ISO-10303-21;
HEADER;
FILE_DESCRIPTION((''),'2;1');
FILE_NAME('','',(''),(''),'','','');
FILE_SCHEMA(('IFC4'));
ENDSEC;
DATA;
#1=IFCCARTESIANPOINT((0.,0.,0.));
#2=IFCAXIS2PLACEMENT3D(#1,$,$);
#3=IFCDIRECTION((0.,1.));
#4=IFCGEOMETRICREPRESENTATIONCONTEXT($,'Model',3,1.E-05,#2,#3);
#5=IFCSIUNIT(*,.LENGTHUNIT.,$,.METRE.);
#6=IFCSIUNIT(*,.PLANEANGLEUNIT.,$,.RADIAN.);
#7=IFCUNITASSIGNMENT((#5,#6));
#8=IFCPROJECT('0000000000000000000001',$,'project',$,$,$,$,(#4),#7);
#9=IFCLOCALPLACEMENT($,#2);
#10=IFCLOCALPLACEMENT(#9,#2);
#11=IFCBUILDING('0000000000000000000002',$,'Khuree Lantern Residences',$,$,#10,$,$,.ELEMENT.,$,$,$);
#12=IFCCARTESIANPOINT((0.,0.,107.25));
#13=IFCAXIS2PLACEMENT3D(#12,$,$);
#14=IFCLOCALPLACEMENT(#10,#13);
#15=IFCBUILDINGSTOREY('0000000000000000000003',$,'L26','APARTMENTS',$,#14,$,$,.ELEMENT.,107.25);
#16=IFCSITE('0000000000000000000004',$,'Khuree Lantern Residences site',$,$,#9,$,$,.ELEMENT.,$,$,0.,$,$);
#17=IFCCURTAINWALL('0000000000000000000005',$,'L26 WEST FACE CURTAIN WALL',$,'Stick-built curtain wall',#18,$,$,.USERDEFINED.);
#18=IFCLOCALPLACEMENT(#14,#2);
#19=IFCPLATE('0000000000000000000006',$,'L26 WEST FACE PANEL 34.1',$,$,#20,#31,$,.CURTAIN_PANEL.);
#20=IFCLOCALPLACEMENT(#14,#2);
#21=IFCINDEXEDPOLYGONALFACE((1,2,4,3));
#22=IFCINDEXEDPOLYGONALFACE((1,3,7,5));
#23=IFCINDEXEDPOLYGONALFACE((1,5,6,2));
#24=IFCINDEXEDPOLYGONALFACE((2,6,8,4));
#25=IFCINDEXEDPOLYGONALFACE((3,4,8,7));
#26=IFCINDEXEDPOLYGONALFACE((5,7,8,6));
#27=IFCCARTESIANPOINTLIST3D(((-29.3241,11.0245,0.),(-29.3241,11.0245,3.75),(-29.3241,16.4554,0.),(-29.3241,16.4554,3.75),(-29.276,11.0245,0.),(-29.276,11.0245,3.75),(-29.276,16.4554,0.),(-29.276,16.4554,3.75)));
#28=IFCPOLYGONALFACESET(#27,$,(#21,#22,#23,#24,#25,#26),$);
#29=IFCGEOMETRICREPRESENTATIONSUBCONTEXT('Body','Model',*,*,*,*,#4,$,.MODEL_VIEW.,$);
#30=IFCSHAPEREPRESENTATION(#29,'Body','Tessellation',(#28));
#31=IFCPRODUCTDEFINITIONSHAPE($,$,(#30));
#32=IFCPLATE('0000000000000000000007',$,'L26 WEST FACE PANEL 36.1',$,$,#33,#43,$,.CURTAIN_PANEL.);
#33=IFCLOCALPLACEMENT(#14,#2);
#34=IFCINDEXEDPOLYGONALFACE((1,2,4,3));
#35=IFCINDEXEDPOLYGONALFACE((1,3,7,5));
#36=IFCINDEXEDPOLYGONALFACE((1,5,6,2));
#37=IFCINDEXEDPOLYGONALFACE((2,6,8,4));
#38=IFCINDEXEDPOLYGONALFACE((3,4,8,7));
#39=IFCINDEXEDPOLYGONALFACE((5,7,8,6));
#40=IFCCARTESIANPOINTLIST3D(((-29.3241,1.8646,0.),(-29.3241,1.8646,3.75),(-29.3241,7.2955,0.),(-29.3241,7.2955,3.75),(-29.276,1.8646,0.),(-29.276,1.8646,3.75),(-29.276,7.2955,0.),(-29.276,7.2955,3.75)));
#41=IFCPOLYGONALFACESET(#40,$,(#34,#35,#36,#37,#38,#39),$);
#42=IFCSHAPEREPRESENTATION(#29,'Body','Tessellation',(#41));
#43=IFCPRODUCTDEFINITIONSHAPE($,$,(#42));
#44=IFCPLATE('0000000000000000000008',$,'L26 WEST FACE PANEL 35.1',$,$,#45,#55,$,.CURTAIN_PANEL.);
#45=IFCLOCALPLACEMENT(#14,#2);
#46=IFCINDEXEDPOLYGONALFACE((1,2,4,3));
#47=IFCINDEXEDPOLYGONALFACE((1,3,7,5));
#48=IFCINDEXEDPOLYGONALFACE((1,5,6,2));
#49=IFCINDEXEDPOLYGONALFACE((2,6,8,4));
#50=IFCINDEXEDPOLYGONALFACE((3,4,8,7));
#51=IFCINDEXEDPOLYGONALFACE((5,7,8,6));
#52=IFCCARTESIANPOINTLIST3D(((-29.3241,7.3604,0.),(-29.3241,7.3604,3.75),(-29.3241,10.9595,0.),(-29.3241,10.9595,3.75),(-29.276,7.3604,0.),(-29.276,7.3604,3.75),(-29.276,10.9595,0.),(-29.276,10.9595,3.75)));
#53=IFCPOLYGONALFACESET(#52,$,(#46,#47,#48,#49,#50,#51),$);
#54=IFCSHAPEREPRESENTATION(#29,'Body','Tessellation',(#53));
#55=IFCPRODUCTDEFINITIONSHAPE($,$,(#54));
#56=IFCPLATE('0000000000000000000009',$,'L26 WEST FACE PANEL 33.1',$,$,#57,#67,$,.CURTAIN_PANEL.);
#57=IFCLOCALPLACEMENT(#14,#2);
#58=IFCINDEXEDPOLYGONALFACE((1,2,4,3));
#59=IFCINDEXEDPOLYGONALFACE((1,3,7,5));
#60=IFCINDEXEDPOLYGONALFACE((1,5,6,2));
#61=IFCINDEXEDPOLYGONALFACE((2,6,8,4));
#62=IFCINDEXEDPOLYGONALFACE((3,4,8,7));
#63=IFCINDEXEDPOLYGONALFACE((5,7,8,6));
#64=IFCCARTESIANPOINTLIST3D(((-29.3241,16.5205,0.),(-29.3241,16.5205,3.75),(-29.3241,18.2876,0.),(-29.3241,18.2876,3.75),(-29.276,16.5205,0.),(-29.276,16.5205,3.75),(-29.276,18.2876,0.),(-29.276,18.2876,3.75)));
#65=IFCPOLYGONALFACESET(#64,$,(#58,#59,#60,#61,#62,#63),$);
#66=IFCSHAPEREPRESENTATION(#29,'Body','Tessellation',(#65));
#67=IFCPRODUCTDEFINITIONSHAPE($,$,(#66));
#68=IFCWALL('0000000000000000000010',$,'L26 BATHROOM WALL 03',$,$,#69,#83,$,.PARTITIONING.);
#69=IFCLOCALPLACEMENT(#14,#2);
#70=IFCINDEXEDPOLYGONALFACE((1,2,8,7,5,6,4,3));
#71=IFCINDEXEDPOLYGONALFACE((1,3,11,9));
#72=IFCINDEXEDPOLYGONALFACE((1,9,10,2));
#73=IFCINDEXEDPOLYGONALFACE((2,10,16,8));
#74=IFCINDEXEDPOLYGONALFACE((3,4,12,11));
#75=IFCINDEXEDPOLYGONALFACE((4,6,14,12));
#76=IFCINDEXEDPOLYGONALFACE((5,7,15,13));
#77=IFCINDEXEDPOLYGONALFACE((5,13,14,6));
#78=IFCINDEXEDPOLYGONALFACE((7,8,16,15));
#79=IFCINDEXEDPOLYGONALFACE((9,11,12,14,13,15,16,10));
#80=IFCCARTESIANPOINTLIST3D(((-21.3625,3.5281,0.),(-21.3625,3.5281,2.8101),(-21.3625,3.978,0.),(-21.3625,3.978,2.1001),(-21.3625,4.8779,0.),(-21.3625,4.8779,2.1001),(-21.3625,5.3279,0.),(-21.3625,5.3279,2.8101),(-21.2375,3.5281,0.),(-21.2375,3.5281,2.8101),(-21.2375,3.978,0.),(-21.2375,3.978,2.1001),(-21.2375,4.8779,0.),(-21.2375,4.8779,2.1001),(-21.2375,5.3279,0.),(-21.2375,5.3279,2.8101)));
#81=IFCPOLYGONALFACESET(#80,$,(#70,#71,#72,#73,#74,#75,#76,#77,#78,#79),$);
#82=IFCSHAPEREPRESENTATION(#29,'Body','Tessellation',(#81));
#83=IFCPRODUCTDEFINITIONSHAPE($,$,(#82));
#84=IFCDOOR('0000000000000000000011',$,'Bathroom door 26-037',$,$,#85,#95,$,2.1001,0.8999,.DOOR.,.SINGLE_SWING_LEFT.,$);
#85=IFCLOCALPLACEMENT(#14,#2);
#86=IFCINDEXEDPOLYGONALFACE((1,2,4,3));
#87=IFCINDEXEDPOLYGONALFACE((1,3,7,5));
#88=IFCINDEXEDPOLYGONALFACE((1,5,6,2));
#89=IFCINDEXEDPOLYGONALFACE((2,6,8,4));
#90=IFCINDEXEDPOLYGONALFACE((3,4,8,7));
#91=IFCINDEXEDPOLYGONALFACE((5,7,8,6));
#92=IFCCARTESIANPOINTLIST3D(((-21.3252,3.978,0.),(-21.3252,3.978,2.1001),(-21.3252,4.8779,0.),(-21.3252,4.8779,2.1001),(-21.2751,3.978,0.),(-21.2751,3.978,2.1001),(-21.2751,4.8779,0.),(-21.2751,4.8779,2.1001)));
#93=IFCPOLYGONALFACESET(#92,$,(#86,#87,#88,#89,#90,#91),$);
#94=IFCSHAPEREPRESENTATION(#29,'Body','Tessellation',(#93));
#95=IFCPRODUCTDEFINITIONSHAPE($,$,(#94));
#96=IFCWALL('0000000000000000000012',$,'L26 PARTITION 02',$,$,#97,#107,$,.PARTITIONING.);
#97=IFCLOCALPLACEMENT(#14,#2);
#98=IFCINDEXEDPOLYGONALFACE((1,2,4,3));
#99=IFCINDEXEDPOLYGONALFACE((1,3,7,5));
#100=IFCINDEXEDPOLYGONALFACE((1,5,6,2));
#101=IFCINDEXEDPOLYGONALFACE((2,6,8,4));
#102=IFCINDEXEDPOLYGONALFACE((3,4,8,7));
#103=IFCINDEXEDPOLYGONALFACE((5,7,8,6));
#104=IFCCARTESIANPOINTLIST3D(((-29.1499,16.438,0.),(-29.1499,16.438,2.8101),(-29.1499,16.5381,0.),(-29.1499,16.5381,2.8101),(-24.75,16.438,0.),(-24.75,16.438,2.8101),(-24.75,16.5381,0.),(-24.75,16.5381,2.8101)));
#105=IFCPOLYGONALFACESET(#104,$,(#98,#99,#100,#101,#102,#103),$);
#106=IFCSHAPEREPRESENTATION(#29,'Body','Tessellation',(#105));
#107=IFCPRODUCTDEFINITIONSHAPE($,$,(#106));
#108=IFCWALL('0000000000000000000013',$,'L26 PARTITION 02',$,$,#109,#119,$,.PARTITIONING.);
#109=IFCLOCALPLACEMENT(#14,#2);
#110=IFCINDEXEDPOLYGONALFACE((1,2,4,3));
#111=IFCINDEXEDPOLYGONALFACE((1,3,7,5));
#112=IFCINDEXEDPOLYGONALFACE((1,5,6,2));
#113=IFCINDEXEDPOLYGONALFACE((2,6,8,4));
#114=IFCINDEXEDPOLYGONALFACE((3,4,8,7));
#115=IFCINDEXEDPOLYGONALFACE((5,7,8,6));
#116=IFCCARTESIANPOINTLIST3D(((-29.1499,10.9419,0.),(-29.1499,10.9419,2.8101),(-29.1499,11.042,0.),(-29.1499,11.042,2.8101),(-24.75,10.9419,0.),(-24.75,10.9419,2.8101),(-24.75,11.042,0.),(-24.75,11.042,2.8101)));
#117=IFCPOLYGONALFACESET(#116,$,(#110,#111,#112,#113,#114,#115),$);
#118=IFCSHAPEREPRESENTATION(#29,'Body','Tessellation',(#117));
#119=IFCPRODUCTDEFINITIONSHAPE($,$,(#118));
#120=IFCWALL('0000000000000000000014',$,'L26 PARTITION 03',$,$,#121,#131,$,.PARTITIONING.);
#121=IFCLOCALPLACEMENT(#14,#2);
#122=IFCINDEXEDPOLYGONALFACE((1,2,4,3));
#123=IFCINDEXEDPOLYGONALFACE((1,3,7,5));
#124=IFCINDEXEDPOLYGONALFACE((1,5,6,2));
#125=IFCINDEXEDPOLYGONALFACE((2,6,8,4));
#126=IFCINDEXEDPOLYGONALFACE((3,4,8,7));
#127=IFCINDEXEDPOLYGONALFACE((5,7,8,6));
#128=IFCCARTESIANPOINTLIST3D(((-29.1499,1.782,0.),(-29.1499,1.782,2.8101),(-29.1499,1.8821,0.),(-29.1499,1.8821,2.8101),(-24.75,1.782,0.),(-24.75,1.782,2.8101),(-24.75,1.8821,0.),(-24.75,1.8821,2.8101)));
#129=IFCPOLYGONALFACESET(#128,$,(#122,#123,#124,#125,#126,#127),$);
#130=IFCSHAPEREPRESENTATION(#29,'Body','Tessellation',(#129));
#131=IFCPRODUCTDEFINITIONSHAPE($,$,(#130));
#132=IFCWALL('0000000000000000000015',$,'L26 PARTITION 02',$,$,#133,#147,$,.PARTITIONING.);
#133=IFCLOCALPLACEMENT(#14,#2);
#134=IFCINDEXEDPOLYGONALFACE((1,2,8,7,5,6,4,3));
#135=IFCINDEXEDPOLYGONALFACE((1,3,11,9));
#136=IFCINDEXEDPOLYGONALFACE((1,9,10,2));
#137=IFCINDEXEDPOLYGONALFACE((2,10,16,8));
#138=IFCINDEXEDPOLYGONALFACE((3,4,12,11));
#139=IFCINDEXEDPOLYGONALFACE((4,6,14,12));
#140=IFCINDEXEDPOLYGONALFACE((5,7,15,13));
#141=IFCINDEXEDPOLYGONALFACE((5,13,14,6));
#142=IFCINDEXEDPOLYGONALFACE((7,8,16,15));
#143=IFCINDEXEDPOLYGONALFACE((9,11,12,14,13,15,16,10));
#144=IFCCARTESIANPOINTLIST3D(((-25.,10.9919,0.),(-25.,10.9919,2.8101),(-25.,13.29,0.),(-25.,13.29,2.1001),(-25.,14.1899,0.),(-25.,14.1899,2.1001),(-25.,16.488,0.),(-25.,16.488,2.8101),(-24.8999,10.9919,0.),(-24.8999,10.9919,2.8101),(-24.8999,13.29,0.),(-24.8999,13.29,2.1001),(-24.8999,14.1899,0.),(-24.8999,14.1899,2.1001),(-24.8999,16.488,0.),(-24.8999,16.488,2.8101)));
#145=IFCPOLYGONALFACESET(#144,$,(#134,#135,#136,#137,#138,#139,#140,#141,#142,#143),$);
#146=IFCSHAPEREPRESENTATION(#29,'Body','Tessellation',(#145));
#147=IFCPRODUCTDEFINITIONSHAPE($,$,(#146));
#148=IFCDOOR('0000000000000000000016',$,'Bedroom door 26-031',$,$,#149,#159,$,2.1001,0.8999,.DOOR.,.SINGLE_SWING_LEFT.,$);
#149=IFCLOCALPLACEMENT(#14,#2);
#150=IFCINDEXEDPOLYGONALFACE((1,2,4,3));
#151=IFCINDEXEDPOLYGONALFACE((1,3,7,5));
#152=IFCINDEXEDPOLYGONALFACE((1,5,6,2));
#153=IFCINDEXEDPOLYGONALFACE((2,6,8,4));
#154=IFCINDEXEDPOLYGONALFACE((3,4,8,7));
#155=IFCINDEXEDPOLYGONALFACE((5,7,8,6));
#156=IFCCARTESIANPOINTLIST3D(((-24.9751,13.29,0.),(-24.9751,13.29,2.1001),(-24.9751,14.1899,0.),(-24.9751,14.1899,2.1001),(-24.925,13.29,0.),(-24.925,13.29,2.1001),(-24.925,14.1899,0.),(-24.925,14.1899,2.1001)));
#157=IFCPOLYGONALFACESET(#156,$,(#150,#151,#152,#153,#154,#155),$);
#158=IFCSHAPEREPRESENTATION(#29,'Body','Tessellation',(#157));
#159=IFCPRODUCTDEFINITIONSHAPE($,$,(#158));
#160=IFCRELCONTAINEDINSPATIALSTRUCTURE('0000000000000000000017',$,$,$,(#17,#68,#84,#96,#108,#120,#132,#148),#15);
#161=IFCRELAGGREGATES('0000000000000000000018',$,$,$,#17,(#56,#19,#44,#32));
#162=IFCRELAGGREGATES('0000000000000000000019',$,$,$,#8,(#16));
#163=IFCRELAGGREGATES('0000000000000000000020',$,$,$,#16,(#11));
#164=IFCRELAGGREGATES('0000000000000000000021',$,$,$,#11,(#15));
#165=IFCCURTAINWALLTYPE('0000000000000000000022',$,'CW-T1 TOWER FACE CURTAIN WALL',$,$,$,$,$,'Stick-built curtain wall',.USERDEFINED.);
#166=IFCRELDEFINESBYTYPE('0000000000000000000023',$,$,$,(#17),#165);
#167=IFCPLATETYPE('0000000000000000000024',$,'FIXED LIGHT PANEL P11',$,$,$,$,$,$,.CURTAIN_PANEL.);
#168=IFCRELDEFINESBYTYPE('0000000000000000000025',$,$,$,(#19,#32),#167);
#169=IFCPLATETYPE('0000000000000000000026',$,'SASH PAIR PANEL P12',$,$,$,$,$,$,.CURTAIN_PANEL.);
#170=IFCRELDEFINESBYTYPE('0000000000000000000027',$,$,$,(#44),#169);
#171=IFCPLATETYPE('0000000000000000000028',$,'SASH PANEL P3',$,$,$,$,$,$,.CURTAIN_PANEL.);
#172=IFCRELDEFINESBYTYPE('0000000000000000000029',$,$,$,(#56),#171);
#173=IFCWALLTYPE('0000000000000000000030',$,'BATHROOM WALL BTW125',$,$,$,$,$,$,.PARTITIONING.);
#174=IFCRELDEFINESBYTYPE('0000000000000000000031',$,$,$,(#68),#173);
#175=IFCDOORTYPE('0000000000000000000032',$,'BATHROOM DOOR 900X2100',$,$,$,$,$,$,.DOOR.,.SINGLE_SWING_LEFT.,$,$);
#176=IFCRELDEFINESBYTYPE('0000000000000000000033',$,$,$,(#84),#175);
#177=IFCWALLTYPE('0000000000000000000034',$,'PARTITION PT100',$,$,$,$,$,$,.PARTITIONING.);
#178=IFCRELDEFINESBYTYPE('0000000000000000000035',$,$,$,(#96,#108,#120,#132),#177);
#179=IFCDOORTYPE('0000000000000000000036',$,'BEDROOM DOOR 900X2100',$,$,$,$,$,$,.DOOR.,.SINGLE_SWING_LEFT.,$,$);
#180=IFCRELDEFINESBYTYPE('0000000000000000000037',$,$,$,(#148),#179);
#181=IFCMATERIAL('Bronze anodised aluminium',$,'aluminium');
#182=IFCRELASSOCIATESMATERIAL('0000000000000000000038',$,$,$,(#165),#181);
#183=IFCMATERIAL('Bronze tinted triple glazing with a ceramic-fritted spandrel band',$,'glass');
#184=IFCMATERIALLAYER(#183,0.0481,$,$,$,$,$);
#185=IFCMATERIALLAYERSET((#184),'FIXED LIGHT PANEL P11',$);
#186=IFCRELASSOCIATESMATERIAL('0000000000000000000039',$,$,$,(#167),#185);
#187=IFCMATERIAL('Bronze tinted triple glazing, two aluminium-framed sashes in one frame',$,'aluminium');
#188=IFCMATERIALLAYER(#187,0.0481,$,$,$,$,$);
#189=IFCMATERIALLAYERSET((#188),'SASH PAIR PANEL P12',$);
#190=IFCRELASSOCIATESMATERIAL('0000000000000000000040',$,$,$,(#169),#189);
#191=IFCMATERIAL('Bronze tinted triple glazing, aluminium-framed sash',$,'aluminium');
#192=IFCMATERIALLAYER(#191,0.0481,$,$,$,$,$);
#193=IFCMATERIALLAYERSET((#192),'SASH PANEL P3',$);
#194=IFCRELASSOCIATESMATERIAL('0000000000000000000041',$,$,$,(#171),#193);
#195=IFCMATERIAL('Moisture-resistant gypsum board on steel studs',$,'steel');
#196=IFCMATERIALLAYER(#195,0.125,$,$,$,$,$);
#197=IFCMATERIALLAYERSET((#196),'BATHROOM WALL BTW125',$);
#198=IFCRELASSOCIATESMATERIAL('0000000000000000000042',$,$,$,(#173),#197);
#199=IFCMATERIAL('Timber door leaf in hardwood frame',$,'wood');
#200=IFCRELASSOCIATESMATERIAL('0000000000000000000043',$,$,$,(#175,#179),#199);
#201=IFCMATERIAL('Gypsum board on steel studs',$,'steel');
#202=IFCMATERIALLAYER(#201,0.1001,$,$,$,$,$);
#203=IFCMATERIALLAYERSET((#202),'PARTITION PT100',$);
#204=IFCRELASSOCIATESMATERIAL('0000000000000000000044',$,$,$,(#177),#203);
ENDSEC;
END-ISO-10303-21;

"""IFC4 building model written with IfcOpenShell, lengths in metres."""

from ifc_helpers import new_model, si_unit, direction, frame, frame_2d, origin, origin_2d, place, context, subcontext, project, spatial, rectangle, extrude, material, layer, layer_set, type_object, element, fill, aggregate, save


model = new_model("IFC4")

# Units and contexts
model_context = context("Model", 3, precision=1e-05, world=origin(), true_north=direction((0.0, 1.0)))
body_context = subcontext(model_context, "Body", "Model", "MODEL_VIEW")
ifc_project = project(units=[si_unit("LENGTHUNIT", "METRE"), si_unit("PLANEANGLEUNIT", "RADIAN")], contexts=[model_context])

# Site, building, storey
site_placement = place(None, origin())
site = spatial("IfcSite", under=ifc_project, at=site_placement, Name="Khuree Lantern Residences site", CompositionType="ELEMENT", RefElevation=0.0)
building_placement = place(site_placement, origin())
building = spatial("IfcBuilding", under=site, at=building_placement, Name="Khuree Lantern Residences", CompositionType="ELEMENT")
storey_placement = place(building_placement, frame((0.0, 0.0, 107.25)))
storey = spatial("IfcBuildingStorey", under=building, at=storey_placement, Name="L26", Description="APARTMENTS", CompositionType="ELEMENT", Elevation=107.25)

# Curtain wall
ifc_material_1 = material(Name="Bronze anodised aluminium", Category="aluminium")
curtain_wall_type = type_object("IfcCurtainWallType", Name="CW-T1 TOWER FACE CURTAIN WALL", ElementType="Stick-built curtain wall", PredefinedType="USERDEFINED", material=ifc_material_1)
curtain_wall_placement = place(storey_placement, origin())
curtain_wall = element("IfcCurtainWall", 1, at=curtain_wall_placement, inside=storey, type_object=curtain_wall_type, Name="L26 WEST FACE CURTAIN WALL", ObjectType="Stick-built curtain wall", PredefinedType="USERDEFINED")

# Plates
ifc_material_2 = material(Name="Bronze tinted triple glazing with a ceramic-fritted spandrel band", Category="glass")
ifc_layer_1 = layer(ifc_material_2, 0.0481)
ifc_layer_set_1 = layer_set([ifc_layer_1], Name="FIXED LIGHT PANEL P11")
plate_type_1 = type_object("IfcPlateType", Name="FIXED LIGHT PANEL P11", PredefinedType="CURTAIN_PANEL", material=ifc_layer_set_1)
plate_1_placement = place(storey_placement, frame((-29.3, 13.74, 0.0), z_axis=(0.0, 0.0, 1.0), x_axis=(0.0, -1.0, 0.0)))
plate_1 = element("IfcPlate", 2, at=plate_1_placement, type_object=plate_type_1, Name="L26 WEST FACE PANEL 34.1", PredefinedType="CURTAIN_PANEL", context=body_context, shape_type="SweptSolid", body=[
    extrude(rectangle(XDim=5.4309, YDim=0.0481, at=origin_2d()), origin(), (0.0, 0.0, 1.0), 3.75),
])
plate_2_placement = place(storey_placement, frame((-29.3, 4.5801, 0.0), z_axis=(0.0, 0.0, 1.0), x_axis=(0.0, -1.0, 0.0)))
plate_2 = element("IfcPlate", 3, at=plate_2_placement, type_object=plate_type_1, Name="L26 WEST FACE PANEL 36.1", PredefinedType="CURTAIN_PANEL", context=body_context, shape_type="SweptSolid", body=[
    extrude(rectangle(XDim=5.4309, YDim=0.0481, at=origin_2d()), origin(), (0.0, 0.0, 1.0), 3.75),
])
ifc_material_3 = material(Name="Bronze tinted triple glazing, two aluminium-framed sashes in one frame", Category="aluminium")
ifc_layer_2 = layer(ifc_material_3, 0.0481)
ifc_layer_set_2 = layer_set([ifc_layer_2], Name="SASH PAIR PANEL P12")
plate_type_2 = type_object("IfcPlateType", Name="SASH PAIR PANEL P12", PredefinedType="CURTAIN_PANEL", material=ifc_layer_set_2)
plate_3_placement = place(storey_placement, frame((-29.3, 9.1599, 0.0), z_axis=(0.0, 0.0, 1.0), x_axis=(0.0, -1.0, 0.0)))
plate_3 = element("IfcPlate", 4, at=plate_3_placement, type_object=plate_type_2, Name="L26 WEST FACE PANEL 35.1", PredefinedType="CURTAIN_PANEL", context=body_context, shape_type="SweptSolid", body=[
    extrude(rectangle(XDim=3.5991, YDim=0.0481, at=origin_2d()), origin(), (0.0, 0.0, 1.0), 3.75),
])
ifc_material_4 = material(Name="Bronze tinted triple glazing, aluminium-framed sash", Category="aluminium")
ifc_layer_3 = layer(ifc_material_4, 0.0481)
ifc_layer_set_3 = layer_set([ifc_layer_3], Name="SASH PANEL P3")
plate_type_3 = type_object("IfcPlateType", Name="SASH PANEL P3", PredefinedType="CURTAIN_PANEL", material=ifc_layer_set_3)
plate_4_placement = place(storey_placement, frame((-29.3, 17.4041, 0.0), z_axis=(0.0, 0.0, 1.0), x_axis=(0.0, -1.0, 0.0)))
plate_4 = element("IfcPlate", 5, at=plate_4_placement, type_object=plate_type_3, Name="L26 WEST FACE PANEL 33.1", PredefinedType="CURTAIN_PANEL", context=body_context, shape_type="SweptSolid", body=[
    extrude(rectangle(XDim=1.7671, YDim=0.0481, at=origin_2d()), origin(), (0.0, 0.0, 1.0), 3.75),
])
aggregate(curtain_wall, [plate_4, plate_1, plate_3, plate_2])

# Wall, opening, door
ifc_material_5 = material(Name="Moisture-resistant gypsum board on steel studs", Category="steel")
ifc_layer_4 = layer(ifc_material_5, 0.125)
ifc_layer_set_4 = layer_set([ifc_layer_4], Name="BATHROOM WALL BTW125")
wall_type_1 = type_object("IfcWallType", Name="BATHROOM WALL BTW125", PredefinedType="PARTITIONING", material=ifc_layer_set_4)
wall_1_placement = place(storey_placement, frame((-21.3, 5.3279, 0.0), z_axis=(0.0, 0.0, 1.0), x_axis=(0.0, -1.0, 0.0)))
wall_1 = element("IfcWall", 6, at=wall_1_placement, inside=storey, type_object=wall_type_1, Name="L26 BATHROOM WALL 03", PredefinedType="PARTITIONING", context=body_context, shape_type="SweptSolid", body=[
    extrude(rectangle(XDim=1.7998, YDim=0.125, at=frame_2d((0.8999, 0.0))), origin(), (0.0, 0.0, 1.0), 2.8101),
])
opening_1_placement = place(wall_1_placement, frame((0.45, 0.0, 0.0)))
opening_1 = element("IfcOpeningElement", 7, at=opening_1_placement, cuts=wall_1, PredefinedType="OPENING", context=body_context, shape_type="SweptSolid", body=[
    extrude(rectangle(XDim=0.8999, YDim=2.1001, at=frame_2d((0.45, 1.05))), frame((0.0, 0.0725, 0.0), z_axis=(0.0, -1.0, 0.0), x_axis=(1.0, 0.0, 0.0)), (0.0, 0.0, 1.0), 0.145),
])
ifc_material_6 = material(Name="Timber door leaf in hardwood frame", Category="wood")
door_type_1 = type_object("IfcDoorType", Name="BATHROOM DOOR 900X2100", OperationType="SINGLE_SWING_LEFT", PredefinedType="DOOR", material=ifc_material_6)
door_1_placement = place(opening_1_placement, origin())
door_1 = element("IfcDoor", 8, at=door_1_placement, inside=storey, type_object=door_type_1, Name="Bathroom door 26-037", OperationType="SINGLE_SWING_LEFT", OverallHeight=2.1001, OverallWidth=0.8999, PredefinedType="DOOR", context=body_context, shape_type="SweptSolid", body=[
    extrude(rectangle(XDim=0.8999, YDim=2.1001, at=frame_2d((0.45, 1.05))), frame((0.0, 0.0249, 0.0), z_axis=(0.0, -1.0, 0.0), x_axis=(1.0, 0.0, 0.0)), (0.0, 0.0, 1.0), 0.05),
])
fill(opening_1, door_1)

# Walls
ifc_material_7 = material(Name="Gypsum board on steel studs", Category="steel")
ifc_layer_5 = layer(ifc_material_7, 0.1001)
ifc_layer_set_5 = layer_set([ifc_layer_5], Name="PARTITION PT100")
wall_type_2 = type_object("IfcWallType", Name="PARTITION PT100", PredefinedType="PARTITIONING", material=ifc_layer_set_5)
for number, where, z_axis, x_axis, name in (
    (9, (-24.75, 16.488, 0.0), (0.0, 0.0, 1.0), (-1.0, 0.0, 0.0), "L26 PARTITION 02"),
    (10, (-24.75, 10.9919, 0.0), (0.0, 0.0, 1.0), (-1.0, 0.0, 0.0), "L26 PARTITION 02"),
    (11, (-24.75, 1.832, 0.0), (0.0, 0.0, 1.0), (-1.0, 0.0, 0.0), "L26 PARTITION 03"),
):
    element("IfcWall", number, at=place(storey_placement, frame(where, z_axis=z_axis, x_axis=x_axis)), inside=storey, type_object=wall_type_2, Name=name, PredefinedType="PARTITIONING", context=body_context, shape_type="SweptSolid", body=[
        extrude(rectangle(XDim=4.3999, YDim=0.1001, at=frame_2d((2.2, 0.0))), origin(), (0.0, 0.0, 1.0), 2.8101),
    ])

# Wall, opening, door
wall_2_placement = place(storey_placement, frame((-24.95, 16.488, 0.0), z_axis=(0.0, 0.0, 1.0), x_axis=(0.0, -1.0, 0.0)))
wall_2 = element("IfcWall", 12, at=wall_2_placement, inside=storey, type_object=wall_type_2, Name="L26 PARTITION 02", PredefinedType="PARTITIONING", context=body_context, shape_type="SweptSolid", body=[
    extrude(rectangle(XDim=5.4961, YDim=0.1001, at=frame_2d((2.748, 0.0))), origin(), (0.0, 0.0, 1.0), 2.8101),
])
opening_2_placement = place(wall_2_placement, frame((2.2981, 0.0, 0.0)))
opening_2 = element("IfcOpeningElement", 13, at=opening_2_placement, cuts=wall_2, PredefinedType="OPENING", context=body_context, shape_type="SweptSolid", body=[
    extrude(rectangle(XDim=0.8999, YDim=2.1001, at=frame_2d((0.45, 1.05))), frame((0.0, 0.0601, 0.0), z_axis=(0.0, -1.0, 0.0), x_axis=(1.0, 0.0, 0.0)), (0.0, 0.0, 1.0), 0.1201),
])
door_type_2 = type_object("IfcDoorType", Name="BEDROOM DOOR 900X2100", OperationType="SINGLE_SWING_LEFT", PredefinedType="DOOR", material=ifc_material_6)
door_2_placement = place(opening_2_placement, origin())
door_2 = element("IfcDoor", 14, at=door_2_placement, inside=storey, type_object=door_type_2, Name="Bedroom door 26-031", OperationType="SINGLE_SWING_LEFT", OverallHeight=2.1001, OverallWidth=0.8999, PredefinedType="DOOR", context=body_context, shape_type="SweptSolid", body=[
    extrude(rectangle(XDim=0.8999, YDim=2.1001, at=frame_2d((0.45, 1.05))), frame((0.0, 0.0249, 0.0), z_axis=(0.0, -1.0, 0.0), x_axis=(1.0, 0.0, 0.0)), (0.0, 0.0, 1.0), 0.05),
])
fill(opening_2, door_2)

save(model, "model.ifc")
